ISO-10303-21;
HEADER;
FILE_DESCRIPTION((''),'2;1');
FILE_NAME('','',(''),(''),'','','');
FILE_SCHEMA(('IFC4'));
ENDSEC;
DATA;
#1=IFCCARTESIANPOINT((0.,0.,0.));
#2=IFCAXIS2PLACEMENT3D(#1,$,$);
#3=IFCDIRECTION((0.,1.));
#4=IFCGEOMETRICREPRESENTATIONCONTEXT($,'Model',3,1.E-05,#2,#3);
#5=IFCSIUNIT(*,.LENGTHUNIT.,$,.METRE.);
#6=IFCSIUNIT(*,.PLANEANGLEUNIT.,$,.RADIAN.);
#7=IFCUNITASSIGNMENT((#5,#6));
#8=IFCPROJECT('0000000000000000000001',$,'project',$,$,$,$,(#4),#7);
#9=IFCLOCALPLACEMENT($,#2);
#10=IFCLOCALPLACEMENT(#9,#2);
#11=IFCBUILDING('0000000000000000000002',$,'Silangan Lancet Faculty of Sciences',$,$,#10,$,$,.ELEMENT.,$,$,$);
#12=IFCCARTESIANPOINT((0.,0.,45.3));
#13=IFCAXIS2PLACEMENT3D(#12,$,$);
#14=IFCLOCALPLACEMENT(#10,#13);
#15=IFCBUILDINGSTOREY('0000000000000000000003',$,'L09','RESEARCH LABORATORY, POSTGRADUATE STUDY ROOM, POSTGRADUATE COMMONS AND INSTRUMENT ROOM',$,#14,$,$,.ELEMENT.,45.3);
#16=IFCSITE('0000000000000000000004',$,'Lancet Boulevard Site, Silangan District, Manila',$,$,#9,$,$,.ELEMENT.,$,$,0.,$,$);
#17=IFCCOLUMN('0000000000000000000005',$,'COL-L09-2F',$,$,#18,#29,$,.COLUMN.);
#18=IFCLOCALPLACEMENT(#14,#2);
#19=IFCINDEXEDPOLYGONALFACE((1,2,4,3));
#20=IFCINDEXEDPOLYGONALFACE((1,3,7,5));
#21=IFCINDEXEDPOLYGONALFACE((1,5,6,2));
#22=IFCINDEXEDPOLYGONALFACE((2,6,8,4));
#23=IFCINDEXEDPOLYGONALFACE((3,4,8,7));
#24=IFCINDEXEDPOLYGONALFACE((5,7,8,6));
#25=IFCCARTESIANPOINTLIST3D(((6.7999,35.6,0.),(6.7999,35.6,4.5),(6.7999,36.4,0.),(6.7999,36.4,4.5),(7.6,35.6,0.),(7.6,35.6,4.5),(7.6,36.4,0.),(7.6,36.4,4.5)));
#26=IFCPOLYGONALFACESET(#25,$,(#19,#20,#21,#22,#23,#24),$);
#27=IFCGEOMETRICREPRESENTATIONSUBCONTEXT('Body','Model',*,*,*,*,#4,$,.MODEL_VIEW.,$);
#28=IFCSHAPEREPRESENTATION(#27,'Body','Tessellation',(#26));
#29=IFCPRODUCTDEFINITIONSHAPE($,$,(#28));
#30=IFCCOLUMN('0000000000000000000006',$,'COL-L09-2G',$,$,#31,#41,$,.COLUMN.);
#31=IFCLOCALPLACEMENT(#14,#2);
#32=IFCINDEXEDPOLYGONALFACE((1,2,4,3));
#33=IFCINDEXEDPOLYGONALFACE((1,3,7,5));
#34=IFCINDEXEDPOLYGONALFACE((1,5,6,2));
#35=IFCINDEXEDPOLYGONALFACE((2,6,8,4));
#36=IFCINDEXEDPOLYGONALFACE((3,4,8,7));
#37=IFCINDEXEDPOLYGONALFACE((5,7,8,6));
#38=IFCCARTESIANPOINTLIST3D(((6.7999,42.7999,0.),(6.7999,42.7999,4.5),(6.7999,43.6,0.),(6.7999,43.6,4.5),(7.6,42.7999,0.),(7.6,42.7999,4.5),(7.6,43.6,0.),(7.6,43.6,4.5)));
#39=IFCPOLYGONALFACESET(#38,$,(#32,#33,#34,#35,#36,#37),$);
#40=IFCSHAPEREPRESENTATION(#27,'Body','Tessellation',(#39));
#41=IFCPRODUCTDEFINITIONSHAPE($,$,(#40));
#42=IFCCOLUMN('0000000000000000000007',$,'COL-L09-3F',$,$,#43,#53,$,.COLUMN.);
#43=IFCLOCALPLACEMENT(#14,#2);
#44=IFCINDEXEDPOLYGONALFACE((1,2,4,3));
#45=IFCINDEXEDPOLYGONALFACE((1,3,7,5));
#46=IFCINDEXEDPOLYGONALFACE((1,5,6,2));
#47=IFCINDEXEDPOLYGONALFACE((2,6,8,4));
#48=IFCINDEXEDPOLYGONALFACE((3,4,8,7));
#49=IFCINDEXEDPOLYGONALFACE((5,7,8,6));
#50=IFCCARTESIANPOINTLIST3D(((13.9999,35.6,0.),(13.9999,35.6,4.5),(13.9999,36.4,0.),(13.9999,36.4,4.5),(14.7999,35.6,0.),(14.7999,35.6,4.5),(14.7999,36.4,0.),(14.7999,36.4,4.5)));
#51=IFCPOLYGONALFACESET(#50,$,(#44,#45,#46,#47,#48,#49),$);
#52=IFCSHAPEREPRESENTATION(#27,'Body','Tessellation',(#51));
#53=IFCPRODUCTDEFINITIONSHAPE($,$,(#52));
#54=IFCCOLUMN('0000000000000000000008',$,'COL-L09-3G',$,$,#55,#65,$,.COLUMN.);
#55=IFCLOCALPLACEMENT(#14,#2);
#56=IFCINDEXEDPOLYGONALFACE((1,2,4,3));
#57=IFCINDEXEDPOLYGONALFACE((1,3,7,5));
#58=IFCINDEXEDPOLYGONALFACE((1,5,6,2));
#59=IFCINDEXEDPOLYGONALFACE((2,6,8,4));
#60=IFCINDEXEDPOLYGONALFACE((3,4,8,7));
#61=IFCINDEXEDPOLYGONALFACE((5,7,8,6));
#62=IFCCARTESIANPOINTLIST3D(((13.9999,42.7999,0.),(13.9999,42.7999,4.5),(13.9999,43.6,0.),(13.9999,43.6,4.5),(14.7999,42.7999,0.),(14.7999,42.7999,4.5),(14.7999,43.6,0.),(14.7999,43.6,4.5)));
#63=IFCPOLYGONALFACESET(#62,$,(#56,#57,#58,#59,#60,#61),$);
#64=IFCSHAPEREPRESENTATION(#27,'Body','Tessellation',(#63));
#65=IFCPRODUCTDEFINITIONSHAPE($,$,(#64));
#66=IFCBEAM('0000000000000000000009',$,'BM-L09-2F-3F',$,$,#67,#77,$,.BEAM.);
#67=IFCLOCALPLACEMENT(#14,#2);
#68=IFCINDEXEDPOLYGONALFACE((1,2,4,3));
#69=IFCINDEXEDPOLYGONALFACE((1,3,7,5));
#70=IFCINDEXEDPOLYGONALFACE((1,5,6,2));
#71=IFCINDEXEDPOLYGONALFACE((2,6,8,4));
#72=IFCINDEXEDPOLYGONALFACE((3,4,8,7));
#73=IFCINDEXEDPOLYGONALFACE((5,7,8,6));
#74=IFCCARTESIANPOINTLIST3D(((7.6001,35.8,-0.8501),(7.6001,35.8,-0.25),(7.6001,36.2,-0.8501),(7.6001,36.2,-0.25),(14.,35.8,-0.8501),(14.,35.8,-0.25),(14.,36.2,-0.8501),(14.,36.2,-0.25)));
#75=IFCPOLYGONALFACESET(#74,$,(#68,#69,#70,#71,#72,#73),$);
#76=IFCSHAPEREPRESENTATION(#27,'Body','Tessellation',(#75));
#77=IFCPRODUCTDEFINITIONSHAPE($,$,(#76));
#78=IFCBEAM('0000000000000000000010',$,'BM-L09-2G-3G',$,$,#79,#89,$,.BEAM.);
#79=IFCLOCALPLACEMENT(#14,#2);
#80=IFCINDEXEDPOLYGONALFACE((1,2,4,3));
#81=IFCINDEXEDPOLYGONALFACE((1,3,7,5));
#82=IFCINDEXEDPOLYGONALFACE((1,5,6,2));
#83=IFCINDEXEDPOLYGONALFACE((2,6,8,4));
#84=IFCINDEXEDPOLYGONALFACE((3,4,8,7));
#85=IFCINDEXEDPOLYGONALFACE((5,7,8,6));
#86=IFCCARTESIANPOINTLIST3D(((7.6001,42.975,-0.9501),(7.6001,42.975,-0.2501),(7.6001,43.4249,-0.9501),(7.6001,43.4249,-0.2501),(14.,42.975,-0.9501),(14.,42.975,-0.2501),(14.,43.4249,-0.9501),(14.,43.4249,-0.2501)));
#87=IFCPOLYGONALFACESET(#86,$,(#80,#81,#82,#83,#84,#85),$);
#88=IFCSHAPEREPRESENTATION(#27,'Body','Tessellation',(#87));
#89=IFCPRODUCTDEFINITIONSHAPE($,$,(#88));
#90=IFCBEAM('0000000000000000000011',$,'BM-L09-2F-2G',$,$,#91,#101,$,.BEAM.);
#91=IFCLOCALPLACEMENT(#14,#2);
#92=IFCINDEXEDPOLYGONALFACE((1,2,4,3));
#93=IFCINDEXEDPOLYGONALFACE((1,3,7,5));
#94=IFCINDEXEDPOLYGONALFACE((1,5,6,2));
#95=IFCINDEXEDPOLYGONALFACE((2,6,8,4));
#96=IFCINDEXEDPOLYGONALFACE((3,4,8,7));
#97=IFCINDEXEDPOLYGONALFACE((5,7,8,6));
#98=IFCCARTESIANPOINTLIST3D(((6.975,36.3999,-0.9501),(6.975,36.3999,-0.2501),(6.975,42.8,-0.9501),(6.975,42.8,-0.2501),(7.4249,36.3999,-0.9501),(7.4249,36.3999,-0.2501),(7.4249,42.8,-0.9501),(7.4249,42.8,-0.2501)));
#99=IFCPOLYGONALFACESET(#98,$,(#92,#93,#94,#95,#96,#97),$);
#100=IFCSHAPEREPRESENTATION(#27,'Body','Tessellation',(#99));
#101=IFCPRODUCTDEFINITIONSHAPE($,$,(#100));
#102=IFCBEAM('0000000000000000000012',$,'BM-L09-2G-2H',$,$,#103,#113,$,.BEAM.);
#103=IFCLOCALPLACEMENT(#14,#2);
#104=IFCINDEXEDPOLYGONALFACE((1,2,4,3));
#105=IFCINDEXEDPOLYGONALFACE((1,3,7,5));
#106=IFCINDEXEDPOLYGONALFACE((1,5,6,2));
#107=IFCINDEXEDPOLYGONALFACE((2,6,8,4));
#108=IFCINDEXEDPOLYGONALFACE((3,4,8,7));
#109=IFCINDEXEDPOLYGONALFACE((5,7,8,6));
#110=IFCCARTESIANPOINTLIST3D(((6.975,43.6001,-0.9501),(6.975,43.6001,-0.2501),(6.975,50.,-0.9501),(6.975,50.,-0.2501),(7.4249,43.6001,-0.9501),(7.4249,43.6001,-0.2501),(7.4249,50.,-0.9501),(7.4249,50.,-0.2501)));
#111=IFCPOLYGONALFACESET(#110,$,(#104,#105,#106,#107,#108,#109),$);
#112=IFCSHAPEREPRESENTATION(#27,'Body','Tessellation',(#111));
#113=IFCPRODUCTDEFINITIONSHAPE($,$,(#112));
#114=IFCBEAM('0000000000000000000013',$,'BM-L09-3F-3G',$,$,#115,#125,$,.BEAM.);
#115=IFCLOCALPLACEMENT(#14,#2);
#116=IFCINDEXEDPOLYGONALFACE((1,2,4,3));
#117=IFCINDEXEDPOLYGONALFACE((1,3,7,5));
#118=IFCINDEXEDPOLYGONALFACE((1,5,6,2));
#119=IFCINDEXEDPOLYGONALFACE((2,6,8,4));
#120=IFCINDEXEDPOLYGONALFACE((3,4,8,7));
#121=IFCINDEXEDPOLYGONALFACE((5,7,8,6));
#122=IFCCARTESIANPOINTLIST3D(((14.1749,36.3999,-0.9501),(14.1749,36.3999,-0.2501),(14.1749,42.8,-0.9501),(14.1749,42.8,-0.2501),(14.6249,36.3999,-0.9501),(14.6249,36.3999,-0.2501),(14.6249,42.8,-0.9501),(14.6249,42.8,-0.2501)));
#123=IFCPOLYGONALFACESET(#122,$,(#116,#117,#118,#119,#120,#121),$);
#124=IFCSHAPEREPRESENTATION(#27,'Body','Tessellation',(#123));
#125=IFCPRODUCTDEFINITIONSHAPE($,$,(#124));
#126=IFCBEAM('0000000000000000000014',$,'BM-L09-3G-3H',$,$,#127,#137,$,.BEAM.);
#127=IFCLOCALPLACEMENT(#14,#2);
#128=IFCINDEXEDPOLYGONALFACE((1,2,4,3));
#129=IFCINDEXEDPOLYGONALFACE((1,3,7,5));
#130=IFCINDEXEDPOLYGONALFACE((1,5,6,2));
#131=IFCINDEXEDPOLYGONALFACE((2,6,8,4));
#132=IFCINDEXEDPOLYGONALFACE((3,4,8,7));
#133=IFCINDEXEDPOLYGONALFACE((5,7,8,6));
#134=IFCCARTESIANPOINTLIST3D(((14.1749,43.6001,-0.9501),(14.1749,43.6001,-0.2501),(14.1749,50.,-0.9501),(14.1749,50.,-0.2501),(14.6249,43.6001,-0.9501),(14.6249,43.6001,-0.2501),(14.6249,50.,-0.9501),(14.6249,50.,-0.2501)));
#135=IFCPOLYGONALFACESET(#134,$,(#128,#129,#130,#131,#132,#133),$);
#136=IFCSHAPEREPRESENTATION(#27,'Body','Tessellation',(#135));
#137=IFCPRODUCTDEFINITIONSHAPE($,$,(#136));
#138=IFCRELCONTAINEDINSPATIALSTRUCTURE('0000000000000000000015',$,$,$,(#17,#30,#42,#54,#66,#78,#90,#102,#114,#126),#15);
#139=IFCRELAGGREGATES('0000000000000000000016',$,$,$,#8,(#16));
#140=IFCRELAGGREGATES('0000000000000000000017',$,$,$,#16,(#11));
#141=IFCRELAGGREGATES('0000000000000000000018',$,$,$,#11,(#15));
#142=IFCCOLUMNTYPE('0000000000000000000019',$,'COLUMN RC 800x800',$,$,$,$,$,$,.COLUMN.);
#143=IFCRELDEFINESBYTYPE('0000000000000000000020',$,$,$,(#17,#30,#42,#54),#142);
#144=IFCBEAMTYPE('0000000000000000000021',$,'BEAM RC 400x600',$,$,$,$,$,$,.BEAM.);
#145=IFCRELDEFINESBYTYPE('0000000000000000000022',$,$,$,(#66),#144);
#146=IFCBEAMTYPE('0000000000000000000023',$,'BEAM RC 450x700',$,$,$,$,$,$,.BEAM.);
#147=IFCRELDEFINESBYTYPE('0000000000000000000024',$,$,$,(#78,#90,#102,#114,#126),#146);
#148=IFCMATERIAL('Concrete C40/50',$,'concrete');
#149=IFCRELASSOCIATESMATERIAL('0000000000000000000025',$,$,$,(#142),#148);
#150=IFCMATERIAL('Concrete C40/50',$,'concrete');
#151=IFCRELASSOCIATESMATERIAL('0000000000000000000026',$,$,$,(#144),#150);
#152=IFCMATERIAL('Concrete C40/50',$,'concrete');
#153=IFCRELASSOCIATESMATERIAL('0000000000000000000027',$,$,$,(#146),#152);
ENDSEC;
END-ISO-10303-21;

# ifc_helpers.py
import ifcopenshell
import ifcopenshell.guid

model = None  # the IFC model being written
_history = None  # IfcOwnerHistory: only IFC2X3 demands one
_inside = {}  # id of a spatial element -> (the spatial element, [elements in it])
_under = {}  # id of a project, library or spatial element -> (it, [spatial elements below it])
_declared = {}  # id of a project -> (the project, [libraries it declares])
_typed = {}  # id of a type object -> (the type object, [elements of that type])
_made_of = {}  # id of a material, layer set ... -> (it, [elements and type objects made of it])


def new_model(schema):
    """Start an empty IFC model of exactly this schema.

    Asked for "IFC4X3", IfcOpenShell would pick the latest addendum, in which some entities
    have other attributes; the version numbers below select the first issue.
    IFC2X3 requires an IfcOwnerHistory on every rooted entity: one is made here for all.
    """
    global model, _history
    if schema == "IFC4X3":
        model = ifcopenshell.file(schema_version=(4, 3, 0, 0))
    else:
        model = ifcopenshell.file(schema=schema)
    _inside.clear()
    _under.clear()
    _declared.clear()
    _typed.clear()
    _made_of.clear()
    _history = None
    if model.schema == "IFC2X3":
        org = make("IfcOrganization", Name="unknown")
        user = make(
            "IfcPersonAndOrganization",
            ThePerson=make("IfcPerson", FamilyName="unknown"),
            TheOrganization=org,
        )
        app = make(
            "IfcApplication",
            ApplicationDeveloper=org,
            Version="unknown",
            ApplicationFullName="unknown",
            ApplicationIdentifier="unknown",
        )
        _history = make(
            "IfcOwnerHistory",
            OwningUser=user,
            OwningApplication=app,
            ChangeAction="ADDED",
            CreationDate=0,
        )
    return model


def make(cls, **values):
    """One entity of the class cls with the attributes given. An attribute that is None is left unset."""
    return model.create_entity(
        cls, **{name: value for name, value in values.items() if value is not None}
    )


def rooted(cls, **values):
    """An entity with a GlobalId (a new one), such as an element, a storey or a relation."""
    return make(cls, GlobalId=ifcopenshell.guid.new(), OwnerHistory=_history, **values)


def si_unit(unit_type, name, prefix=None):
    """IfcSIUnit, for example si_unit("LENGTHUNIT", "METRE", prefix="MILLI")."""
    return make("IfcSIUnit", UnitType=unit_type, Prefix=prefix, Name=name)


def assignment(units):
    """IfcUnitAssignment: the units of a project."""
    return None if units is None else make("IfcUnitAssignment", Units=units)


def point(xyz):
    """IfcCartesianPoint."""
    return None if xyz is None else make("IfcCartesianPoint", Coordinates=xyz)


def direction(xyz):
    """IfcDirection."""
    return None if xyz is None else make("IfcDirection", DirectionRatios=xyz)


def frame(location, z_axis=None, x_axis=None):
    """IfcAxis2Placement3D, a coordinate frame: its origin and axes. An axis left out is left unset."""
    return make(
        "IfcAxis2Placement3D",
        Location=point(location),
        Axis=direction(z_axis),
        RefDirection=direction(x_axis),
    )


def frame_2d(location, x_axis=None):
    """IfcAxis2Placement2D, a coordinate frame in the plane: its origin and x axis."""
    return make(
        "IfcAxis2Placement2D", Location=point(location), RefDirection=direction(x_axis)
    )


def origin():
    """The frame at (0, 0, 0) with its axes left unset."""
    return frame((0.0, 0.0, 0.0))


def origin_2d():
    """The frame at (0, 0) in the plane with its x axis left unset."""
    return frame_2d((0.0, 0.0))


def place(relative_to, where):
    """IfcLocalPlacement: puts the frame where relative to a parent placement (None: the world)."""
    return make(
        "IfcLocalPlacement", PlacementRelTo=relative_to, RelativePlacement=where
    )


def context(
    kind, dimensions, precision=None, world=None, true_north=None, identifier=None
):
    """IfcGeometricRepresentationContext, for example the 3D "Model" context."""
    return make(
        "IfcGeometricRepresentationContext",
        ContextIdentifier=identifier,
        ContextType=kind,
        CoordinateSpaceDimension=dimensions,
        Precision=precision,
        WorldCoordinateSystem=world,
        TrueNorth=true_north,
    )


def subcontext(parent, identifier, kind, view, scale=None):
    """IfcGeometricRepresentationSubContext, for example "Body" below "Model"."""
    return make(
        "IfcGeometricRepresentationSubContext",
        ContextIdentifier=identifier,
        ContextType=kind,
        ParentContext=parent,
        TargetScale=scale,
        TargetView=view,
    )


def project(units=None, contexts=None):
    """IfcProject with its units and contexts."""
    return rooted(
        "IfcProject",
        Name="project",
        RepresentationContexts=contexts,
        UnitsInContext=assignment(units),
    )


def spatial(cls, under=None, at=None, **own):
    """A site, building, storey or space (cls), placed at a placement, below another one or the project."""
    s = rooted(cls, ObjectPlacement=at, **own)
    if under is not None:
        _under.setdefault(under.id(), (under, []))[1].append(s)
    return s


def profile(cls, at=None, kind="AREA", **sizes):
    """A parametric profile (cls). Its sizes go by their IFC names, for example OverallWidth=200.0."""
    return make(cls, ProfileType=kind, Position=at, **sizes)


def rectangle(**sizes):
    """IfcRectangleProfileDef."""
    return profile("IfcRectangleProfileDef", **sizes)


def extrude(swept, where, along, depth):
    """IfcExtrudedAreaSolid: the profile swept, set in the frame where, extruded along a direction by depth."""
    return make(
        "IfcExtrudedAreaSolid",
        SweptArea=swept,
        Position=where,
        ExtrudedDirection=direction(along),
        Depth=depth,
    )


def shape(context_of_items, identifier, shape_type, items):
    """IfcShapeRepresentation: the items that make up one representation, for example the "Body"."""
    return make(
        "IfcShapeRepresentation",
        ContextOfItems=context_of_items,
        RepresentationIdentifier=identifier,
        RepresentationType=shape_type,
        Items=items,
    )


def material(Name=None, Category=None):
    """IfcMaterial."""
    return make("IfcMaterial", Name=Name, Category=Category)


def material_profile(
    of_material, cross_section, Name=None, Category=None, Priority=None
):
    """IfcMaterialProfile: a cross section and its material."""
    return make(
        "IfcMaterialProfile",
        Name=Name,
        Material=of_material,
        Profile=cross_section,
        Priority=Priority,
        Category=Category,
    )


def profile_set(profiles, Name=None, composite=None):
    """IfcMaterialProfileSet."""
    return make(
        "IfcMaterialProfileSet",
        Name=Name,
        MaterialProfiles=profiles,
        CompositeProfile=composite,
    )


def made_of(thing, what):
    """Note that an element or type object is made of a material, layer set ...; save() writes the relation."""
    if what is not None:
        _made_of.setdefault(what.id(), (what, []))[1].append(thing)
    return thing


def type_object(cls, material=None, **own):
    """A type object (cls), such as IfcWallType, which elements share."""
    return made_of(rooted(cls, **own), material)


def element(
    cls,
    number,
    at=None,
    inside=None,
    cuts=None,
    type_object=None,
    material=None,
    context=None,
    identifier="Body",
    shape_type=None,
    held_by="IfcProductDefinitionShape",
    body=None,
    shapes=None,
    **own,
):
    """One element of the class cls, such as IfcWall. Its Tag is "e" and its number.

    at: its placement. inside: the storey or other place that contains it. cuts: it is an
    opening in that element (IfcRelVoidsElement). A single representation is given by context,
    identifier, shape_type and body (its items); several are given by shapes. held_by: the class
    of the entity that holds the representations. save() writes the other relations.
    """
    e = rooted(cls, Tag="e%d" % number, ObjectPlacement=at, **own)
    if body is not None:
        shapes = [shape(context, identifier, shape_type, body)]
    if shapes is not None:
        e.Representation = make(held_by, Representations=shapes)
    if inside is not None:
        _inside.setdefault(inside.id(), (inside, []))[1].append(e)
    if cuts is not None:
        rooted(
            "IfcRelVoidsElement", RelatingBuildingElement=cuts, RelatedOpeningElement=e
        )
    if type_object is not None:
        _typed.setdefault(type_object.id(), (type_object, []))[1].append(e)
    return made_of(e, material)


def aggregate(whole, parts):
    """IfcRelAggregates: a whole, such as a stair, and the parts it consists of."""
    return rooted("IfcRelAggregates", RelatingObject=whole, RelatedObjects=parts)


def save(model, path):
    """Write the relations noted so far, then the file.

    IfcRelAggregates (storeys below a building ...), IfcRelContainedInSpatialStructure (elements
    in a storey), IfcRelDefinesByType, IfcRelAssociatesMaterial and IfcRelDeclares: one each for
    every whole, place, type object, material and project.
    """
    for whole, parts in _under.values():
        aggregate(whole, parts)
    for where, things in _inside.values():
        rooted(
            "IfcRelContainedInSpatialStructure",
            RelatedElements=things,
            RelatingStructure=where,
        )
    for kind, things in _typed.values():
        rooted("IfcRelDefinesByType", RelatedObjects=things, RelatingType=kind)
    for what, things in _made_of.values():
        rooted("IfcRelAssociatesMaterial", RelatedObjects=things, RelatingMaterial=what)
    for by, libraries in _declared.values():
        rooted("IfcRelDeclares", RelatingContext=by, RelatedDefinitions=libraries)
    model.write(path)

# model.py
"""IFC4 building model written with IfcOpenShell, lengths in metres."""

from ifc_helpers import new_model, si_unit, direction, frame, origin, origin_2d, place, context, subcontext, project, spatial, rectangle, extrude, material, material_profile, profile_set, type_object, element, save


model = new_model("IFC4")

# Units and contexts
model_context = context("Model", 3, precision=1e-05, world=origin(), true_north=direction((0.0, 1.0)))
body_context = subcontext(model_context, "Body", "Model", "MODEL_VIEW")
ifc_project = project(units=[si_unit("LENGTHUNIT", "METRE"), si_unit("PLANEANGLEUNIT", "RADIAN")], contexts=[model_context])

# Site, building, storey
site_placement = place(None, origin())
site = spatial("IfcSite", under=ifc_project, at=site_placement, Name="Lancet Boulevard Site, Silangan District, Manila", CompositionType="ELEMENT", RefElevation=0.0)
building_placement = place(site_placement, origin())
building = spatial("IfcBuilding", under=site, at=building_placement, Name="Silangan Lancet Faculty of Sciences", CompositionType="ELEMENT")
storey_placement = place(building_placement, frame((0.0, 0.0, 45.3)))
storey = spatial("IfcBuildingStorey", under=building, at=storey_placement, Name="L09", Description="RESEARCH LABORATORY, POSTGRADUATE STUDY ROOM, POSTGRADUATE COMMONS AND INSTRUMENT ROOM", CompositionType="ELEMENT", Elevation=45.3)

# Columns
ifc_material_1 = material(Name="Concrete C40/50", Category="concrete")
ifc_material_profile_1 = material_profile(ifc_material_1, rectangle(XDim=0.8, YDim=0.8, at=origin_2d()), Name="RC 800x800")
ifc_profile_set_1 = profile_set([ifc_material_profile_1], Name="Concrete C40/50")
column_type = type_object("IfcColumnType", Name="COLUMN RC 800x800", PredefinedType="COLUMN", material=ifc_profile_set_1)
for number, where, z_axis, x_axis, name in (
    (1, (7.2, 36.0, 0.0), (0.0, 0.0, 1.0), (1.0, 0.0, 0.0), "COL-L09-2F"),
    (2, (7.2, 43.2, 0.0), (0.0, 0.0, 1.0), (1.0, 0.0, 0.0), "COL-L09-2G"),
    (3, (14.3999, 36.0, 0.0), (0.0, 0.0, 1.0), (1.0, 0.0, 0.0), "COL-L09-3F"),
    (4, (14.3999, 43.2, 0.0), (0.0, 0.0, 1.0), (1.0, 0.0, 0.0), "COL-L09-3G"),
):
    element("IfcColumn", number, at=place(storey_placement, frame(where, z_axis=z_axis, x_axis=x_axis)), inside=storey, type_object=column_type, Name=name, PredefinedType="COLUMN", context=body_context, shape_type="SweptSolid", body=[
        extrude(rectangle(XDim=0.8, YDim=0.8, at=origin_2d()), origin(), (0.0, 0.0, 1.0), 4.5),
    ])

# Beams
ifc_material_2 = material(Name="Concrete C40/50", Category="concrete")
ifc_material_profile_2 = material_profile(ifc_material_2, rectangle(XDim=0.3999, YDim=0.6001, at=origin_2d()), Name="RC 400x600")
ifc_profile_set_2 = profile_set([ifc_material_profile_2], Name="Concrete C40/50")
beam_type_1 = type_object("IfcBeamType", Name="BEAM RC 400x600", PredefinedType="BEAM", material=ifc_profile_set_2)
beam_1_placement = place(storey_placement, frame((7.6001, 36.0, -0.55), z_axis=(1.0, 0.0, 0.0), x_axis=(0.0, 1.0, 0.0)))
element("IfcBeam", 5, at=beam_1_placement, inside=storey, type_object=beam_type_1, Name="BM-L09-2F-3F", PredefinedType="BEAM", context=body_context, shape_type="SweptSolid", body=[
    extrude(rectangle(XDim=0.3999, YDim=0.6001, at=origin_2d()), origin(), (0.0, 0.0, 1.0), 6.3999),
])
ifc_material_3 = material(Name="Concrete C40/50", Category="concrete")
ifc_material_profile_3 = material_profile(ifc_material_3, rectangle(XDim=0.45, YDim=0.7, at=origin_2d()), Name="RC 450x700")
ifc_profile_set_3 = profile_set([ifc_material_profile_3], Name="Concrete C40/50")
beam_type_2 = type_object("IfcBeamType", Name="BEAM RC 450x700", PredefinedType="BEAM", material=ifc_profile_set_3)
beam_2_placement = place(storey_placement, frame((7.6001, 43.2, -0.6001), z_axis=(1.0, 0.0, 0.0), x_axis=(0.0, 1.0, 0.0)))
element("IfcBeam", 6, at=beam_2_placement, inside=storey, type_object=beam_type_2, Name="BM-L09-2G-3G", PredefinedType="BEAM", context=body_context, shape_type="SweptSolid", body=[
    extrude(rectangle(XDim=0.45, YDim=0.7, at=origin_2d()), origin(), (0.0, 0.0, 1.0), 6.3999),
])
beam_3_placement = place(storey_placement, frame((7.2, 36.3999, -0.6001), z_axis=(0.0, 1.0, 0.0), x_axis=(-1.0, 0.0, 0.0)))
element("IfcBeam", 7, at=beam_3_placement, inside=storey, type_object=beam_type_2, Name="BM-L09-2F-2G", PredefinedType="BEAM", context=body_context, shape_type="SweptSolid", body=[
    extrude(rectangle(XDim=0.45, YDim=0.7, at=origin_2d()), origin(), (0.0, 0.0, 1.0), 6.4001),
])
beam_4_placement = place(storey_placement, frame((7.2, 43.6001, -0.6001), z_axis=(0.0, 1.0, 0.0), x_axis=(-1.0, 0.0, 0.0)))
element("IfcBeam", 8, at=beam_4_placement, inside=storey, type_object=beam_type_2, Name="BM-L09-2G-2H", PredefinedType="BEAM", context=body_context, shape_type="SweptSolid", body=[
    extrude(rectangle(XDim=0.45, YDim=0.7, at=origin_2d()), origin(), (0.0, 0.0, 1.0), 6.3999),
])
beam_5_placement = place(storey_placement, frame((14.3999, 36.3999, -0.6001), z_axis=(0.0, 1.0, 0.0), x_axis=(-1.0, 0.0, 0.0)))
element("IfcBeam", 9, at=beam_5_placement, inside=storey, type_object=beam_type_2, Name="BM-L09-3F-3G", PredefinedType="BEAM", context=body_context, shape_type="SweptSolid", body=[
    extrude(rectangle(XDim=0.45, YDim=0.7, at=origin_2d()), origin(), (0.0, 0.0, 1.0), 6.4001),
])
beam_6_placement = place(storey_placement, frame((14.3999, 43.6001, -0.6001), z_axis=(0.0, 1.0, 0.0), x_axis=(-1.0, 0.0, 0.0)))
element("IfcBeam", 10, at=beam_6_placement, inside=storey, type_object=beam_type_2, Name="BM-L09-3G-3H", PredefinedType="BEAM", context=body_context, shape_type="SweptSolid", body=[
    extrude(rectangle(XDim=0.45, YDim=0.7, at=origin_2d()), origin(), (0.0, 0.0, 1.0), 6.3999),
])

save(model, "model.ifc")
